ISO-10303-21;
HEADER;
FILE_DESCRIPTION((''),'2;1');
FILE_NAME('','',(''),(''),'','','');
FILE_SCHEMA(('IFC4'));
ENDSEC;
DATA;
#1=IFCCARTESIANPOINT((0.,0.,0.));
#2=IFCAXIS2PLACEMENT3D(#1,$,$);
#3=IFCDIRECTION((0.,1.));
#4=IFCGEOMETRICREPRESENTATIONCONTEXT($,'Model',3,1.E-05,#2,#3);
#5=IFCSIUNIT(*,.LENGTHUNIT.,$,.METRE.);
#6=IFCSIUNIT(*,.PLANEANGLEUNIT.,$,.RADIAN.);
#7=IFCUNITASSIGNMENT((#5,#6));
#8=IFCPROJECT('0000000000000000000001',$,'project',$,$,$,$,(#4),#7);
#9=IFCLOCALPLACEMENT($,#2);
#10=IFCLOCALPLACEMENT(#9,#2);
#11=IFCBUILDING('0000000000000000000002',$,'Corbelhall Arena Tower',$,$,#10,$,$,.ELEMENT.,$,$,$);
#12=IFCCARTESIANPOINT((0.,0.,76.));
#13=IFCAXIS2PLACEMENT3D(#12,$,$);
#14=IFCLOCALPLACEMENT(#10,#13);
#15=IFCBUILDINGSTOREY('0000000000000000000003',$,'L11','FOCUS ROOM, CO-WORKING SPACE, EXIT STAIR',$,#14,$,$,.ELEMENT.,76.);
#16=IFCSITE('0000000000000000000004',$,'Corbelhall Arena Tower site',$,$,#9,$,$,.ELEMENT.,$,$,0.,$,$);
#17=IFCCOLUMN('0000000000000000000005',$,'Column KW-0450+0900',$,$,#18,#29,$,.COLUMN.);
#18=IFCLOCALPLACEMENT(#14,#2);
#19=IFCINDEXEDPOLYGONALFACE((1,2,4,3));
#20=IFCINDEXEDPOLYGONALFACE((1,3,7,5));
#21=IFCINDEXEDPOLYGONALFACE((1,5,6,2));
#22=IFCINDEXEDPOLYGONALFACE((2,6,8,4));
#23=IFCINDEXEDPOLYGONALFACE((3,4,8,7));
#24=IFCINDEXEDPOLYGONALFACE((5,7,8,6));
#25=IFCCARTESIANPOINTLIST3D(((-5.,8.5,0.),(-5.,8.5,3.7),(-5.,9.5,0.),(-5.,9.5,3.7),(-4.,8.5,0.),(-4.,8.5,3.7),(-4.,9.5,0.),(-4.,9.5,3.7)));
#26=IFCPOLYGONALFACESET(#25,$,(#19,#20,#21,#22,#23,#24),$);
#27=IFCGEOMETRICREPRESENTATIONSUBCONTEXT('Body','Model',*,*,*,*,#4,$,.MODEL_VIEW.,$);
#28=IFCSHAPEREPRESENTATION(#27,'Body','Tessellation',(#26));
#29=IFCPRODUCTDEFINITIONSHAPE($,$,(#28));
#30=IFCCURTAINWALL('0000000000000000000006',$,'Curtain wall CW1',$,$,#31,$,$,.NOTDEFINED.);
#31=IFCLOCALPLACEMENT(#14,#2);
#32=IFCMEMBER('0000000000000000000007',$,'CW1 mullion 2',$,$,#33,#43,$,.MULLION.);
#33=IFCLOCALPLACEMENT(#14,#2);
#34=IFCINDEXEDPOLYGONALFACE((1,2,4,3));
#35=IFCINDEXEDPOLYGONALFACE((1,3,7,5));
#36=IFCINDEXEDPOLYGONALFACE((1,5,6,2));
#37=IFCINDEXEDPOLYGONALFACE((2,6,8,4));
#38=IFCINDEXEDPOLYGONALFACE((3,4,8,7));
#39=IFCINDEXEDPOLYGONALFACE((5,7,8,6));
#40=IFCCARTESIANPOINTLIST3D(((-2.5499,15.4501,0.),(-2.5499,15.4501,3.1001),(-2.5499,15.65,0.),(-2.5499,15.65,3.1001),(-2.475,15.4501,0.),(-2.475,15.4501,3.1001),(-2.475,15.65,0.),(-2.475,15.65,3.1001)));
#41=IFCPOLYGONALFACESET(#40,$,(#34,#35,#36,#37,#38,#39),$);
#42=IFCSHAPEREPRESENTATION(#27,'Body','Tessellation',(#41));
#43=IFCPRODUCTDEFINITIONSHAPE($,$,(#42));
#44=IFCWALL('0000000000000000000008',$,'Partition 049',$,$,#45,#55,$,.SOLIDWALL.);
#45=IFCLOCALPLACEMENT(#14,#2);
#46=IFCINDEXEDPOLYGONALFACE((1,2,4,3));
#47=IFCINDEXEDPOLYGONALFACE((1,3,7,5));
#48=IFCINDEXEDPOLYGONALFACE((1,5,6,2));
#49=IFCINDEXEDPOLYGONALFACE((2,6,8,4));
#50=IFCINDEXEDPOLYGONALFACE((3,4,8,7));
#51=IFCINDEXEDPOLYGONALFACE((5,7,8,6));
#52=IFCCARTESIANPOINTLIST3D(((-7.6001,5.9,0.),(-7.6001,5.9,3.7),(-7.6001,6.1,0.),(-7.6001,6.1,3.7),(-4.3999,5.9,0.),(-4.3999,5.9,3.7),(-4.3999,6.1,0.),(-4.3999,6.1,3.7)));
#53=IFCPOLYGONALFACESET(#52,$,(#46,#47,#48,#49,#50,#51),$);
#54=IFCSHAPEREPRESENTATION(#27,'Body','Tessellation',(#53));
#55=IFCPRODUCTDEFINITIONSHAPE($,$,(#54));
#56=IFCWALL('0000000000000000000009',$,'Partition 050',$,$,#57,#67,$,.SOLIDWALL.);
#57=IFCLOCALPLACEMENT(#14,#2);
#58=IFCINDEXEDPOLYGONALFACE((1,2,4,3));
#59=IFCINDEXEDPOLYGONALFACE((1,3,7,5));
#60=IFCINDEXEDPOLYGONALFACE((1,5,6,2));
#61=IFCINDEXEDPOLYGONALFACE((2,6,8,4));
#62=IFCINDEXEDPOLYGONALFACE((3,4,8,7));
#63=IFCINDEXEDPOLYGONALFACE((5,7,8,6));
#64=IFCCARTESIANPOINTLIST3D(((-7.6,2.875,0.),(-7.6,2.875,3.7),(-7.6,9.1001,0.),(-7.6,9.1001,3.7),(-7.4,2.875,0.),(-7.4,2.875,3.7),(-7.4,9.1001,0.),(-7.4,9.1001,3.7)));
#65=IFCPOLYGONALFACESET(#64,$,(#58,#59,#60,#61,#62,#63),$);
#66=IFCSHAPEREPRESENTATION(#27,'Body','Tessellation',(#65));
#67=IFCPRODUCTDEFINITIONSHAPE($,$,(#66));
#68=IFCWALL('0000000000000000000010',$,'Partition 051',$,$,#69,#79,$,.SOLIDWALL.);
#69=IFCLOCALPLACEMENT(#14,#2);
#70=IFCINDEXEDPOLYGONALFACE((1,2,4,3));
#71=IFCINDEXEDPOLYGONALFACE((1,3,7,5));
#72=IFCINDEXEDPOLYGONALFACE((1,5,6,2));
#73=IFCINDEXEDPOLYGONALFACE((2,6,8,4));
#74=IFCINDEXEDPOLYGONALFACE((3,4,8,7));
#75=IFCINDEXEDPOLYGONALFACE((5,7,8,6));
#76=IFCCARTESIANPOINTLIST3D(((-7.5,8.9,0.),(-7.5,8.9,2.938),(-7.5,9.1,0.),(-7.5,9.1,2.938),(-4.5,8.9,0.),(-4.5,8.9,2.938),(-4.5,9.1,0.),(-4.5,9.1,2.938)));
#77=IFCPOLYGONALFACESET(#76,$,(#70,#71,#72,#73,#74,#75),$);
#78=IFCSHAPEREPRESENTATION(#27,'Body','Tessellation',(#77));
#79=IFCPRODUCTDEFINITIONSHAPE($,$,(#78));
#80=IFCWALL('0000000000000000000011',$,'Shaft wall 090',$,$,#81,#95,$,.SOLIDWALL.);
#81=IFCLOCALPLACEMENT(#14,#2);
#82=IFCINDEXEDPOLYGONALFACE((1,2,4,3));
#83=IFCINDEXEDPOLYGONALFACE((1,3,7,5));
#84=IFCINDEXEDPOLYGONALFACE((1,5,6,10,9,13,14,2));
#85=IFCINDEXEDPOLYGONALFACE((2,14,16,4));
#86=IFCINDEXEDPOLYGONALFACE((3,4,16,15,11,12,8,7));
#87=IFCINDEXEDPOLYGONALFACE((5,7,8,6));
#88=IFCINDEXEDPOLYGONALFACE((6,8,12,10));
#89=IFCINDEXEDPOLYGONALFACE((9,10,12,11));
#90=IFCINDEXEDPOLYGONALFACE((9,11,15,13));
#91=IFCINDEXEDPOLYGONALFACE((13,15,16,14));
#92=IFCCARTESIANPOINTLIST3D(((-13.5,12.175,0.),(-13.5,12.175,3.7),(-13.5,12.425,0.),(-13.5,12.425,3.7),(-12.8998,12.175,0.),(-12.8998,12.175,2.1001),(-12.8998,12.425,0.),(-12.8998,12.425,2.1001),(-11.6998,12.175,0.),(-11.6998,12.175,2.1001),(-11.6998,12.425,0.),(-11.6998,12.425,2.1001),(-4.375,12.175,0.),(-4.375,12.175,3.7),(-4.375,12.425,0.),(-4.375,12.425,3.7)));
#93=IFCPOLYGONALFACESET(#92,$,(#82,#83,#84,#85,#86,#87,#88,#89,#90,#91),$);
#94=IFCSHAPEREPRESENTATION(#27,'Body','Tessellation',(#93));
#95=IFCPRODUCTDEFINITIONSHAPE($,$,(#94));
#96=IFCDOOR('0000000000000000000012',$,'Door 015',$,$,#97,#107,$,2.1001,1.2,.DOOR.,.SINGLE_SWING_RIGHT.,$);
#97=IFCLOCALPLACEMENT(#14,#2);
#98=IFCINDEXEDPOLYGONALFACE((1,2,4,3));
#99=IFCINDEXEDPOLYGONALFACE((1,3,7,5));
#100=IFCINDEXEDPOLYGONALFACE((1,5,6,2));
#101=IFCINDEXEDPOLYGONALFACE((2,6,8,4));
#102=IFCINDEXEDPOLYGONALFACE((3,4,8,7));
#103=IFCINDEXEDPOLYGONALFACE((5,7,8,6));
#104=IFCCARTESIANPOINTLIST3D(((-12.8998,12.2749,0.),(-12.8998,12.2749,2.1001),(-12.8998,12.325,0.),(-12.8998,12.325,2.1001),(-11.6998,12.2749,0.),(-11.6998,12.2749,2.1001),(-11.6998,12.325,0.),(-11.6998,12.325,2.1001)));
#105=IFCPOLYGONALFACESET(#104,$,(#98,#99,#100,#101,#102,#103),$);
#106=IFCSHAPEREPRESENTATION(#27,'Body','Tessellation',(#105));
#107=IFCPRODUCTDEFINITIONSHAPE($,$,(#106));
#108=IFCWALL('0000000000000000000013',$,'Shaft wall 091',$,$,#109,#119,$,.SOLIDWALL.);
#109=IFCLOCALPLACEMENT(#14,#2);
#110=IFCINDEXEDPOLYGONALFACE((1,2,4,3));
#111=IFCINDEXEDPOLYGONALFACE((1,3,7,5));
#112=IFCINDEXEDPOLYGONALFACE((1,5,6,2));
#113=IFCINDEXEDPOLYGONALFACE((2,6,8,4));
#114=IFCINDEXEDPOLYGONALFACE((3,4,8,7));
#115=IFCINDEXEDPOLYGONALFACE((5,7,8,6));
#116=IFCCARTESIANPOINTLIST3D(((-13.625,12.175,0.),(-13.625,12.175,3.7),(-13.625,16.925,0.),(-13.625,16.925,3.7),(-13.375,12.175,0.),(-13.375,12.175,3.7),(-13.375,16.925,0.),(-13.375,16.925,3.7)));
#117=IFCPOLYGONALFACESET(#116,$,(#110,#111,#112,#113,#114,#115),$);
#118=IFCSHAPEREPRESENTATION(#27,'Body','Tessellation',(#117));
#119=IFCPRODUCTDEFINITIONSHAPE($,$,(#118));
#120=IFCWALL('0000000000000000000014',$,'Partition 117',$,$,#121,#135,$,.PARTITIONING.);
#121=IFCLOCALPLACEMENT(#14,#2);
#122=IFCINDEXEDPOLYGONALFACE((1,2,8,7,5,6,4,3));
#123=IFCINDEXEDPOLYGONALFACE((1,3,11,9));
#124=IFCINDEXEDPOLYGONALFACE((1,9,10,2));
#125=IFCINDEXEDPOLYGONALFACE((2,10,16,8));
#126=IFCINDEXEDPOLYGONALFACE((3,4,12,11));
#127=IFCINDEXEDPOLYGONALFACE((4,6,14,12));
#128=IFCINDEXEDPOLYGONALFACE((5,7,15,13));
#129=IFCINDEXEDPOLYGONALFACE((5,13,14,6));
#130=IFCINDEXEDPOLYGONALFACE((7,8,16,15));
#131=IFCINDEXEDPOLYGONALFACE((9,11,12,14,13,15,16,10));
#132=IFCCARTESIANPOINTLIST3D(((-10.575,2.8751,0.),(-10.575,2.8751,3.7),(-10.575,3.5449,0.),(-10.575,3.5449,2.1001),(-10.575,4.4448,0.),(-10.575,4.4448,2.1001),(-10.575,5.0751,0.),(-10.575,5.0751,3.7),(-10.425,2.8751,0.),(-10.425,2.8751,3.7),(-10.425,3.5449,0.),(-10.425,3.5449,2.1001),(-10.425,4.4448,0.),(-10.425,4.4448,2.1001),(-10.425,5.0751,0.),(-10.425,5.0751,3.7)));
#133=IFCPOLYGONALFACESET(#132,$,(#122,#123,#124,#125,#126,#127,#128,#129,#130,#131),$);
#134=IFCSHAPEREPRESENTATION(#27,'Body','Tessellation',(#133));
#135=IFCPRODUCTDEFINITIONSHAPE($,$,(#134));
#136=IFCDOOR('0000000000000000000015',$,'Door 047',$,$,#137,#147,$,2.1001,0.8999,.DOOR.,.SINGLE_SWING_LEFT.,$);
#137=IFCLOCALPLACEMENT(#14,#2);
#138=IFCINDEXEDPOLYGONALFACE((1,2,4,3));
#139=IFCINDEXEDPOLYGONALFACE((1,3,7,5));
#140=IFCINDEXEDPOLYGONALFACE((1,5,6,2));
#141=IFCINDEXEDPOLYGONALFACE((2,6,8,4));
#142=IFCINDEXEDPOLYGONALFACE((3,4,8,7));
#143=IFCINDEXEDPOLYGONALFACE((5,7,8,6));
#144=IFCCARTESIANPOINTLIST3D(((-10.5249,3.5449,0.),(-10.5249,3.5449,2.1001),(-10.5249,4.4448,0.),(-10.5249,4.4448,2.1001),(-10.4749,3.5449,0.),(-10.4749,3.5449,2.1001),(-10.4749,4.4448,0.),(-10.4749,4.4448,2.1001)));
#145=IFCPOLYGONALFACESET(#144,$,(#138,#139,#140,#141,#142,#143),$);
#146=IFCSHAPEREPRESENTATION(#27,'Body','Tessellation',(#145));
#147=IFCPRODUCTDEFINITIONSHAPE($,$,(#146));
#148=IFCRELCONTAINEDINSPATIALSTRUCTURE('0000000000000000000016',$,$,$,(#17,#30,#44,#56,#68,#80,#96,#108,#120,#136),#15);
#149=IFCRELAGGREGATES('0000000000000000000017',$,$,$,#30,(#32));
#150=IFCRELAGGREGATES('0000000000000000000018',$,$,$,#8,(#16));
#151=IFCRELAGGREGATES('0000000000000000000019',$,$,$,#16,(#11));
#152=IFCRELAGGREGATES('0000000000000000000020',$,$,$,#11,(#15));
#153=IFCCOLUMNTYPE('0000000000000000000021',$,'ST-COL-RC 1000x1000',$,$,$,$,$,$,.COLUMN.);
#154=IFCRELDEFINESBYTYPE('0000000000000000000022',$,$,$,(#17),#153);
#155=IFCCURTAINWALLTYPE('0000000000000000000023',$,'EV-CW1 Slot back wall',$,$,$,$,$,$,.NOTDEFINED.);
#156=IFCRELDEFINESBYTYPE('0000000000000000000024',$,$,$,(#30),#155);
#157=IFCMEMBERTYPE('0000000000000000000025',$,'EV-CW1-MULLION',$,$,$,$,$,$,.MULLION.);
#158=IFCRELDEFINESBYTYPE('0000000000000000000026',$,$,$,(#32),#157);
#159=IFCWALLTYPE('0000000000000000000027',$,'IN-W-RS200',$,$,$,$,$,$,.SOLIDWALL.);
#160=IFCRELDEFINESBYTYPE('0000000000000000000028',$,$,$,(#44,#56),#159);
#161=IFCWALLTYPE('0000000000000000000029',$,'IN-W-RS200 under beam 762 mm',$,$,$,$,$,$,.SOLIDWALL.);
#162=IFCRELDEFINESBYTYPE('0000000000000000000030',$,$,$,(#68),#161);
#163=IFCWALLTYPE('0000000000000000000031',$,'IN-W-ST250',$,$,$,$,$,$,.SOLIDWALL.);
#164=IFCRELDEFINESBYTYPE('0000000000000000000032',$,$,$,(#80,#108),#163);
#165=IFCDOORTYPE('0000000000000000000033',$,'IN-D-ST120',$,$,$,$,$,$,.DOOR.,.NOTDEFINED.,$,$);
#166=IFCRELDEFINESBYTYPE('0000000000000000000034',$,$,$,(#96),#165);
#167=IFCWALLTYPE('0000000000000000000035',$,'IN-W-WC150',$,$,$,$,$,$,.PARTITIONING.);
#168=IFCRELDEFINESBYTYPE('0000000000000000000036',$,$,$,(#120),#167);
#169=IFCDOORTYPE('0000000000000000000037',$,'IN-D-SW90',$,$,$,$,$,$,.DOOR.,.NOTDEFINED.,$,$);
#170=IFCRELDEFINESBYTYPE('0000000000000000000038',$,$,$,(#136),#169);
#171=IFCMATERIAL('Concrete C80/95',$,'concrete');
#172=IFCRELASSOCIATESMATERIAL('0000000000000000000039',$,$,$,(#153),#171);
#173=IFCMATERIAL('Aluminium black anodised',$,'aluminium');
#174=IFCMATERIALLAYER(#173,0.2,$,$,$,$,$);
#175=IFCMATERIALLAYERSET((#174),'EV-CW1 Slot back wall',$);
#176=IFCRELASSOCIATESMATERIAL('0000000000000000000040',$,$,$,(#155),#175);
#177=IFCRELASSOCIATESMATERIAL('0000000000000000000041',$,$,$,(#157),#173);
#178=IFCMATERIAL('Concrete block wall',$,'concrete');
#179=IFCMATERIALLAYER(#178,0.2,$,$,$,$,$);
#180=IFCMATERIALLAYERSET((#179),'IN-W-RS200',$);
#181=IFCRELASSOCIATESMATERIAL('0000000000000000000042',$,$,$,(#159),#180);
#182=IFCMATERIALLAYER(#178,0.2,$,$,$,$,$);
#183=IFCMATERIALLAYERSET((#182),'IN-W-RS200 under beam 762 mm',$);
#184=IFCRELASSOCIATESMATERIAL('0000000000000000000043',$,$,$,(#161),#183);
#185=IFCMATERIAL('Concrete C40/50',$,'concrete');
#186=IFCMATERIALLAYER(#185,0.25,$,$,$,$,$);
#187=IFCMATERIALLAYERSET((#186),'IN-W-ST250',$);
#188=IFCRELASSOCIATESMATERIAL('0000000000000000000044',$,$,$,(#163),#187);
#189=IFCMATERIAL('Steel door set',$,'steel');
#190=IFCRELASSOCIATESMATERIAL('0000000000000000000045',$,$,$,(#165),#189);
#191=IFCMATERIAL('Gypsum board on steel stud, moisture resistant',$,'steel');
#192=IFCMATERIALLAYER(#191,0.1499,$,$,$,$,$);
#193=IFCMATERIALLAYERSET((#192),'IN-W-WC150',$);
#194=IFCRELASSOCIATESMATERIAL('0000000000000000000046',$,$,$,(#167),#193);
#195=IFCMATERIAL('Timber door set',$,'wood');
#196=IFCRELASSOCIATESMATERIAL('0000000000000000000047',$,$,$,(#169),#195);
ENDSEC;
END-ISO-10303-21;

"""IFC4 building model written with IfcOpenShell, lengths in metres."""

from ifc_helpers import new_model, si_unit, direction, frame, frame_2d, origin, origin_2d, place, context, subcontext, project, spatial, rectangle, extrude, material, layer, layer_set, material_profile, profile_set, type_object, element, fill, aggregate, save


model = new_model("IFC4")

# Units and contexts
model_context = context("Model", 3, precision=1e-05, world=origin(), true_north=direction((0.0, 1.0)))
body_context = subcontext(model_context, "Body", "Model", "MODEL_VIEW")
ifc_project = project(units=[si_unit("LENGTHUNIT", "METRE"), si_unit("PLANEANGLEUNIT", "RADIAN")], contexts=[model_context])

# Site, building, storey
site_placement = place(None, origin())
site = spatial("IfcSite", under=ifc_project, at=site_placement, Name="Corbelhall Arena Tower site", CompositionType="ELEMENT", RefElevation=0.0)
building_placement = place(site_placement, origin())
building = spatial("IfcBuilding", under=site, at=building_placement, Name="Corbelhall Arena Tower", CompositionType="ELEMENT")
storey_placement = place(building_placement, frame((0.0, 0.0, 76.0)))
storey = spatial("IfcBuildingStorey", under=building, at=storey_placement, Name="L11", Description="FOCUS ROOM, CO-WORKING SPACE, EXIT STAIR", CompositionType="ELEMENT", Elevation=76.0)

# Column
ifc_material_1 = material(Name="Concrete C80/95", Category="concrete")
ifc_material_profile_1 = material_profile(ifc_material_1, rectangle(XDim=1.0, YDim=1.0, at=origin_2d()))
ifc_profile_set_1 = profile_set([ifc_material_profile_1], Name="Concrete C80/95")
column_type = type_object("IfcColumnType", Name="ST-COL-RC 1000x1000", PredefinedType="COLUMN", material=ifc_profile_set_1)
column_placement = place(storey_placement, frame((-4.5, 9.0, 0.0), z_axis=(0.0, 0.0, 1.0), x_axis=(1.0, 0.0, 0.0)))
element("IfcColumn", 1, at=column_placement, inside=storey, type_object=column_type, Name="Column KW-0450+0900", PredefinedType="COLUMN", context=body_context, shape_type="SweptSolid", body=[
    extrude(rectangle(XDim=1.0, YDim=1.0, at=origin_2d()), origin(), (0.0, 0.0, 1.0), 3.7),
])

# Curtain wall, member
ifc_material_2 = material(Name="Aluminium black anodised", Category="aluminium")
ifc_layer_1 = layer(ifc_material_2, 0.2)
ifc_layer_set_1 = layer_set([ifc_layer_1], Name="EV-CW1 Slot back wall")
curtain_wall_type = type_object("IfcCurtainWallType", Name="EV-CW1 Slot back wall", PredefinedType="NOTDEFINED", material=ifc_layer_set_1)
curtain_wall_placement = place(storey_placement, origin())
curtain_wall = element("IfcCurtainWall", 2, at=curtain_wall_placement, inside=storey, type_object=curtain_wall_type, Name="Curtain wall CW1", PredefinedType="NOTDEFINED")
ifc_material_profile_2 = material_profile(ifc_material_2, rectangle(XDim=0.2, YDim=0.075, at=origin_2d()))
ifc_profile_set_2 = profile_set([ifc_material_profile_2], Name="Aluminium black anodised")
member_type = type_object("IfcMemberType", Name="EV-CW1-MULLION", PredefinedType="MULLION", material=ifc_profile_set_2)
member_placement = place(storey_placement, frame((-2.5125, 15.55, 0.0), z_axis=(0.0, 0.0, 1.0), x_axis=(0.0, -1.0, 0.0)))
member = element("IfcMember", 3, at=member_placement, type_object=member_type, Name="CW1 mullion 2", PredefinedType="MULLION", context=body_context, shape_type="SweptSolid", body=[
    extrude(rectangle(XDim=0.2, YDim=0.075, at=origin_2d()), origin(), (0.0, 0.0, 1.0), 3.1001),
])
aggregate(curtain_wall, [member])

# Shared definitions
ifc_material_3 = material(Name="Concrete block wall", Category="concrete")
ifc_layer_2 = layer(ifc_material_3, 0.2)
ifc_layer_set_2 = layer_set([ifc_layer_2], Name="IN-W-RS200")
wall_type_1 = type_object("IfcWallType", Name="IN-W-RS200", PredefinedType="SOLIDWALL", material=ifc_layer_set_2)
ifc_material_4 = material(Name="Steel door set", Category="steel")

# Walls
wall_1_placement = place(storey_placement, frame((-7.6001, 6.0, 0.0), z_axis=(0.0, 0.0, 1.0), x_axis=(1.0, 0.0, 0.0)))
element("IfcWall", 4, at=wall_1_placement, inside=storey, type_object=wall_type_1, Name="Partition 049", PredefinedType="SOLIDWALL", context=body_context, shape_type="SweptSolid", body=[
    extrude(rectangle(XDim=3.2002, YDim=0.2, at=frame_2d((1.6001, 0.0))), origin(), (0.0, 0.0, 1.0), 3.7),
])
wall_2_placement = place(storey_placement, frame((-7.5, 2.875, 0.0), z_axis=(0.0, 0.0, 1.0), x_axis=(0.0, 1.0, 0.0)))
element("IfcWall", 5, at=wall_2_placement, inside=storey, type_object=wall_type_1, Name="Partition 050", PredefinedType="SOLIDWALL", context=body_context, shape_type="SweptSolid", body=[
    extrude(rectangle(XDim=6.2251, YDim=0.2, at=frame_2d((3.1125, 0.0))), origin(), (0.0, 0.0, 1.0), 3.7),
])
ifc_layer_3 = layer(ifc_material_3, 0.2)
ifc_layer_set_3 = layer_set([ifc_layer_3], Name="IN-W-RS200 under beam 762 mm")
wall_type_2 = type_object("IfcWallType", Name="IN-W-RS200 under beam 762 mm", PredefinedType="SOLIDWALL", material=ifc_layer_set_3)
wall_3_placement = place(storey_placement, frame((-7.5, 9.0, 0.0), z_axis=(0.0, 0.0, 1.0), x_axis=(1.0, 0.0, 0.0)))
element("IfcWall", 6, at=wall_3_placement, inside=storey, type_object=wall_type_2, Name="Partition 051", PredefinedType="SOLIDWALL", context=body_context, shape_type="SweptSolid", body=[
    extrude(rectangle(XDim=3.0, YDim=0.2, at=frame_2d((1.5, 0.0))), origin(), (0.0, 0.0, 1.0), 2.938),
])

# Wall, opening, door
ifc_material_5 = material(Name="Concrete C40/50", Category="concrete")
ifc_layer_4 = layer(ifc_material_5, 0.25)
ifc_layer_set_4 = layer_set([ifc_layer_4], Name="IN-W-ST250")
wall_type_3 = type_object("IfcWallType", Name="IN-W-ST250", PredefinedType="SOLIDWALL", material=ifc_layer_set_4)
wall_4_placement = place(storey_placement, frame((-13.5, 12.3, 0.0), z_axis=(0.0, 0.0, 1.0), x_axis=(1.0, 0.0, 0.0)))
wall_4 = element("IfcWall", 7, at=wall_4_placement, inside=storey, type_object=wall_type_3, Name="Shaft wall 090", PredefinedType="SOLIDWALL", context=body_context, shape_type="SweptSolid", body=[
    extrude(rectangle(XDim=9.125, YDim=0.25, at=frame_2d((4.5625, 0.0))), origin(), (0.0, 0.0, 1.0), 3.7),
])
opening_1_placement = place(wall_4_placement, frame((0.6001, 0.0, 0.0)))
opening_1 = element("IfcOpeningElement", 8, at=opening_1_placement, cuts=wall_4, PredefinedType="OPENING", context=body_context, shape_type="SweptSolid", body=[
    extrude(rectangle(XDim=1.2, YDim=2.1001, at=frame_2d((0.6001, 1.05))), frame((0.0, 0.125, 0.0), z_axis=(0.0, -1.0, 0.0), x_axis=(1.0, 0.0, 0.0)), (0.0, 0.0, 1.0), 0.25),
])
door_type_1 = type_object("IfcDoorType", Name="IN-D-ST120", OperationType="NOTDEFINED", PredefinedType="DOOR", material=ifc_material_4)
door_1_placement = place(opening_1_placement, origin())
door_1 = element("IfcDoor", 9, at=door_1_placement, inside=storey, type_object=door_type_1, Name="Door 015", OperationType="SINGLE_SWING_RIGHT", OverallHeight=2.1001, OverallWidth=1.2, PredefinedType="DOOR", context=body_context, shape_type="SweptSolid", body=[
    extrude(rectangle(XDim=1.2, YDim=2.1001, at=frame_2d((0.6001, 1.05))), frame((0.0, 0.0249, 0.0), z_axis=(0.0, -1.0, 0.0), x_axis=(1.0, 0.0, 0.0)), (0.0, 0.0, 1.0), 0.05),
])
fill(opening_1, door_1)

# Wall
wall_5_placement = place(storey_placement, frame((-13.5, 12.175, 0.0), z_axis=(0.0, 0.0, 1.0), x_axis=(0.0, 1.0, 0.0)))
element("IfcWall", 10, at=wall_5_placement, inside=storey, type_object=wall_type_3, Name="Shaft wall 091", PredefinedType="SOLIDWALL", context=body_context, shape_type="SweptSolid", body=[
    extrude(rectangle(XDim=4.75, YDim=0.25, at=frame_2d((2.375, 0.0))), origin(), (0.0, 0.0, 1.0), 3.7),
])

# Wall, opening, door
ifc_material_6 = material(Name="Gypsum board on steel stud, moisture resistant", Category="steel")
ifc_layer_5 = layer(ifc_material_6, 0.1499)
ifc_layer_set_5 = layer_set([ifc_layer_5], Name="IN-W-WC150")
wall_type_4 = type_object("IfcWallType", Name="IN-W-WC150", PredefinedType="PARTITIONING", material=ifc_layer_set_5)
wall_6_placement = place(storey_placement, frame((-10.5, 2.875, 0.0), z_axis=(0.0, 0.0, 1.0), x_axis=(0.0, 1.0, 0.0)))
wall_6 = element("IfcWall", 11, at=wall_6_placement, inside=storey, type_object=wall_type_4, Name="Partition 117", PredefinedType="PARTITIONING", context=body_context, shape_type="SweptSolid", body=[
    extrude(rectangle(XDim=2.2, YDim=0.1499, at=frame_2d((1.1001, 0.0))), origin(), (0.0, 0.0, 1.0), 3.7),
])
opening_2_placement = place(wall_6_placement, frame((0.6699, 0.0, 0.0)))
opening_2 = element("IfcOpeningElement", 12, at=opening_2_placement, cuts=wall_6, PredefinedType="OPENING", context=body_context, shape_type="SweptSolid", body=[
    extrude(rectangle(XDim=0.8999, YDim=2.1001, at=frame_2d((0.45, 1.05))), frame((0.0, 0.075, 0.0), z_axis=(0.0, -1.0, 0.0), x_axis=(1.0, 0.0, 0.0)), (0.0, 0.0, 1.0), 0.1499),
])
ifc_material_7 = material(Name="Timber door set", Category="wood")
door_type_2 = type_object("IfcDoorType", Name="IN-D-SW90", OperationType="NOTDEFINED", PredefinedType="DOOR", material=ifc_material_7)
door_2_placement = place(opening_2_placement, origin())
door_2 = element("IfcDoor", 13, at=door_2_placement, inside=storey, type_object=door_type_2, Name="Door 047", OperationType="SINGLE_SWING_LEFT", OverallHeight=2.1001, OverallWidth=0.8999, PredefinedType="DOOR", context=body_context, shape_type="SweptSolid", body=[
    extrude(rectangle(XDim=0.8999, YDim=2.1001, at=frame_2d((0.45, 1.05))), frame((0.0, 0.0249, 0.0), z_axis=(0.0, -1.0, 0.0), x_axis=(1.0, 0.0, 0.0)), (0.0, 0.0, 1.0), 0.05),
])
fill(opening_2, door_2)

save(model, "model.ifc")
